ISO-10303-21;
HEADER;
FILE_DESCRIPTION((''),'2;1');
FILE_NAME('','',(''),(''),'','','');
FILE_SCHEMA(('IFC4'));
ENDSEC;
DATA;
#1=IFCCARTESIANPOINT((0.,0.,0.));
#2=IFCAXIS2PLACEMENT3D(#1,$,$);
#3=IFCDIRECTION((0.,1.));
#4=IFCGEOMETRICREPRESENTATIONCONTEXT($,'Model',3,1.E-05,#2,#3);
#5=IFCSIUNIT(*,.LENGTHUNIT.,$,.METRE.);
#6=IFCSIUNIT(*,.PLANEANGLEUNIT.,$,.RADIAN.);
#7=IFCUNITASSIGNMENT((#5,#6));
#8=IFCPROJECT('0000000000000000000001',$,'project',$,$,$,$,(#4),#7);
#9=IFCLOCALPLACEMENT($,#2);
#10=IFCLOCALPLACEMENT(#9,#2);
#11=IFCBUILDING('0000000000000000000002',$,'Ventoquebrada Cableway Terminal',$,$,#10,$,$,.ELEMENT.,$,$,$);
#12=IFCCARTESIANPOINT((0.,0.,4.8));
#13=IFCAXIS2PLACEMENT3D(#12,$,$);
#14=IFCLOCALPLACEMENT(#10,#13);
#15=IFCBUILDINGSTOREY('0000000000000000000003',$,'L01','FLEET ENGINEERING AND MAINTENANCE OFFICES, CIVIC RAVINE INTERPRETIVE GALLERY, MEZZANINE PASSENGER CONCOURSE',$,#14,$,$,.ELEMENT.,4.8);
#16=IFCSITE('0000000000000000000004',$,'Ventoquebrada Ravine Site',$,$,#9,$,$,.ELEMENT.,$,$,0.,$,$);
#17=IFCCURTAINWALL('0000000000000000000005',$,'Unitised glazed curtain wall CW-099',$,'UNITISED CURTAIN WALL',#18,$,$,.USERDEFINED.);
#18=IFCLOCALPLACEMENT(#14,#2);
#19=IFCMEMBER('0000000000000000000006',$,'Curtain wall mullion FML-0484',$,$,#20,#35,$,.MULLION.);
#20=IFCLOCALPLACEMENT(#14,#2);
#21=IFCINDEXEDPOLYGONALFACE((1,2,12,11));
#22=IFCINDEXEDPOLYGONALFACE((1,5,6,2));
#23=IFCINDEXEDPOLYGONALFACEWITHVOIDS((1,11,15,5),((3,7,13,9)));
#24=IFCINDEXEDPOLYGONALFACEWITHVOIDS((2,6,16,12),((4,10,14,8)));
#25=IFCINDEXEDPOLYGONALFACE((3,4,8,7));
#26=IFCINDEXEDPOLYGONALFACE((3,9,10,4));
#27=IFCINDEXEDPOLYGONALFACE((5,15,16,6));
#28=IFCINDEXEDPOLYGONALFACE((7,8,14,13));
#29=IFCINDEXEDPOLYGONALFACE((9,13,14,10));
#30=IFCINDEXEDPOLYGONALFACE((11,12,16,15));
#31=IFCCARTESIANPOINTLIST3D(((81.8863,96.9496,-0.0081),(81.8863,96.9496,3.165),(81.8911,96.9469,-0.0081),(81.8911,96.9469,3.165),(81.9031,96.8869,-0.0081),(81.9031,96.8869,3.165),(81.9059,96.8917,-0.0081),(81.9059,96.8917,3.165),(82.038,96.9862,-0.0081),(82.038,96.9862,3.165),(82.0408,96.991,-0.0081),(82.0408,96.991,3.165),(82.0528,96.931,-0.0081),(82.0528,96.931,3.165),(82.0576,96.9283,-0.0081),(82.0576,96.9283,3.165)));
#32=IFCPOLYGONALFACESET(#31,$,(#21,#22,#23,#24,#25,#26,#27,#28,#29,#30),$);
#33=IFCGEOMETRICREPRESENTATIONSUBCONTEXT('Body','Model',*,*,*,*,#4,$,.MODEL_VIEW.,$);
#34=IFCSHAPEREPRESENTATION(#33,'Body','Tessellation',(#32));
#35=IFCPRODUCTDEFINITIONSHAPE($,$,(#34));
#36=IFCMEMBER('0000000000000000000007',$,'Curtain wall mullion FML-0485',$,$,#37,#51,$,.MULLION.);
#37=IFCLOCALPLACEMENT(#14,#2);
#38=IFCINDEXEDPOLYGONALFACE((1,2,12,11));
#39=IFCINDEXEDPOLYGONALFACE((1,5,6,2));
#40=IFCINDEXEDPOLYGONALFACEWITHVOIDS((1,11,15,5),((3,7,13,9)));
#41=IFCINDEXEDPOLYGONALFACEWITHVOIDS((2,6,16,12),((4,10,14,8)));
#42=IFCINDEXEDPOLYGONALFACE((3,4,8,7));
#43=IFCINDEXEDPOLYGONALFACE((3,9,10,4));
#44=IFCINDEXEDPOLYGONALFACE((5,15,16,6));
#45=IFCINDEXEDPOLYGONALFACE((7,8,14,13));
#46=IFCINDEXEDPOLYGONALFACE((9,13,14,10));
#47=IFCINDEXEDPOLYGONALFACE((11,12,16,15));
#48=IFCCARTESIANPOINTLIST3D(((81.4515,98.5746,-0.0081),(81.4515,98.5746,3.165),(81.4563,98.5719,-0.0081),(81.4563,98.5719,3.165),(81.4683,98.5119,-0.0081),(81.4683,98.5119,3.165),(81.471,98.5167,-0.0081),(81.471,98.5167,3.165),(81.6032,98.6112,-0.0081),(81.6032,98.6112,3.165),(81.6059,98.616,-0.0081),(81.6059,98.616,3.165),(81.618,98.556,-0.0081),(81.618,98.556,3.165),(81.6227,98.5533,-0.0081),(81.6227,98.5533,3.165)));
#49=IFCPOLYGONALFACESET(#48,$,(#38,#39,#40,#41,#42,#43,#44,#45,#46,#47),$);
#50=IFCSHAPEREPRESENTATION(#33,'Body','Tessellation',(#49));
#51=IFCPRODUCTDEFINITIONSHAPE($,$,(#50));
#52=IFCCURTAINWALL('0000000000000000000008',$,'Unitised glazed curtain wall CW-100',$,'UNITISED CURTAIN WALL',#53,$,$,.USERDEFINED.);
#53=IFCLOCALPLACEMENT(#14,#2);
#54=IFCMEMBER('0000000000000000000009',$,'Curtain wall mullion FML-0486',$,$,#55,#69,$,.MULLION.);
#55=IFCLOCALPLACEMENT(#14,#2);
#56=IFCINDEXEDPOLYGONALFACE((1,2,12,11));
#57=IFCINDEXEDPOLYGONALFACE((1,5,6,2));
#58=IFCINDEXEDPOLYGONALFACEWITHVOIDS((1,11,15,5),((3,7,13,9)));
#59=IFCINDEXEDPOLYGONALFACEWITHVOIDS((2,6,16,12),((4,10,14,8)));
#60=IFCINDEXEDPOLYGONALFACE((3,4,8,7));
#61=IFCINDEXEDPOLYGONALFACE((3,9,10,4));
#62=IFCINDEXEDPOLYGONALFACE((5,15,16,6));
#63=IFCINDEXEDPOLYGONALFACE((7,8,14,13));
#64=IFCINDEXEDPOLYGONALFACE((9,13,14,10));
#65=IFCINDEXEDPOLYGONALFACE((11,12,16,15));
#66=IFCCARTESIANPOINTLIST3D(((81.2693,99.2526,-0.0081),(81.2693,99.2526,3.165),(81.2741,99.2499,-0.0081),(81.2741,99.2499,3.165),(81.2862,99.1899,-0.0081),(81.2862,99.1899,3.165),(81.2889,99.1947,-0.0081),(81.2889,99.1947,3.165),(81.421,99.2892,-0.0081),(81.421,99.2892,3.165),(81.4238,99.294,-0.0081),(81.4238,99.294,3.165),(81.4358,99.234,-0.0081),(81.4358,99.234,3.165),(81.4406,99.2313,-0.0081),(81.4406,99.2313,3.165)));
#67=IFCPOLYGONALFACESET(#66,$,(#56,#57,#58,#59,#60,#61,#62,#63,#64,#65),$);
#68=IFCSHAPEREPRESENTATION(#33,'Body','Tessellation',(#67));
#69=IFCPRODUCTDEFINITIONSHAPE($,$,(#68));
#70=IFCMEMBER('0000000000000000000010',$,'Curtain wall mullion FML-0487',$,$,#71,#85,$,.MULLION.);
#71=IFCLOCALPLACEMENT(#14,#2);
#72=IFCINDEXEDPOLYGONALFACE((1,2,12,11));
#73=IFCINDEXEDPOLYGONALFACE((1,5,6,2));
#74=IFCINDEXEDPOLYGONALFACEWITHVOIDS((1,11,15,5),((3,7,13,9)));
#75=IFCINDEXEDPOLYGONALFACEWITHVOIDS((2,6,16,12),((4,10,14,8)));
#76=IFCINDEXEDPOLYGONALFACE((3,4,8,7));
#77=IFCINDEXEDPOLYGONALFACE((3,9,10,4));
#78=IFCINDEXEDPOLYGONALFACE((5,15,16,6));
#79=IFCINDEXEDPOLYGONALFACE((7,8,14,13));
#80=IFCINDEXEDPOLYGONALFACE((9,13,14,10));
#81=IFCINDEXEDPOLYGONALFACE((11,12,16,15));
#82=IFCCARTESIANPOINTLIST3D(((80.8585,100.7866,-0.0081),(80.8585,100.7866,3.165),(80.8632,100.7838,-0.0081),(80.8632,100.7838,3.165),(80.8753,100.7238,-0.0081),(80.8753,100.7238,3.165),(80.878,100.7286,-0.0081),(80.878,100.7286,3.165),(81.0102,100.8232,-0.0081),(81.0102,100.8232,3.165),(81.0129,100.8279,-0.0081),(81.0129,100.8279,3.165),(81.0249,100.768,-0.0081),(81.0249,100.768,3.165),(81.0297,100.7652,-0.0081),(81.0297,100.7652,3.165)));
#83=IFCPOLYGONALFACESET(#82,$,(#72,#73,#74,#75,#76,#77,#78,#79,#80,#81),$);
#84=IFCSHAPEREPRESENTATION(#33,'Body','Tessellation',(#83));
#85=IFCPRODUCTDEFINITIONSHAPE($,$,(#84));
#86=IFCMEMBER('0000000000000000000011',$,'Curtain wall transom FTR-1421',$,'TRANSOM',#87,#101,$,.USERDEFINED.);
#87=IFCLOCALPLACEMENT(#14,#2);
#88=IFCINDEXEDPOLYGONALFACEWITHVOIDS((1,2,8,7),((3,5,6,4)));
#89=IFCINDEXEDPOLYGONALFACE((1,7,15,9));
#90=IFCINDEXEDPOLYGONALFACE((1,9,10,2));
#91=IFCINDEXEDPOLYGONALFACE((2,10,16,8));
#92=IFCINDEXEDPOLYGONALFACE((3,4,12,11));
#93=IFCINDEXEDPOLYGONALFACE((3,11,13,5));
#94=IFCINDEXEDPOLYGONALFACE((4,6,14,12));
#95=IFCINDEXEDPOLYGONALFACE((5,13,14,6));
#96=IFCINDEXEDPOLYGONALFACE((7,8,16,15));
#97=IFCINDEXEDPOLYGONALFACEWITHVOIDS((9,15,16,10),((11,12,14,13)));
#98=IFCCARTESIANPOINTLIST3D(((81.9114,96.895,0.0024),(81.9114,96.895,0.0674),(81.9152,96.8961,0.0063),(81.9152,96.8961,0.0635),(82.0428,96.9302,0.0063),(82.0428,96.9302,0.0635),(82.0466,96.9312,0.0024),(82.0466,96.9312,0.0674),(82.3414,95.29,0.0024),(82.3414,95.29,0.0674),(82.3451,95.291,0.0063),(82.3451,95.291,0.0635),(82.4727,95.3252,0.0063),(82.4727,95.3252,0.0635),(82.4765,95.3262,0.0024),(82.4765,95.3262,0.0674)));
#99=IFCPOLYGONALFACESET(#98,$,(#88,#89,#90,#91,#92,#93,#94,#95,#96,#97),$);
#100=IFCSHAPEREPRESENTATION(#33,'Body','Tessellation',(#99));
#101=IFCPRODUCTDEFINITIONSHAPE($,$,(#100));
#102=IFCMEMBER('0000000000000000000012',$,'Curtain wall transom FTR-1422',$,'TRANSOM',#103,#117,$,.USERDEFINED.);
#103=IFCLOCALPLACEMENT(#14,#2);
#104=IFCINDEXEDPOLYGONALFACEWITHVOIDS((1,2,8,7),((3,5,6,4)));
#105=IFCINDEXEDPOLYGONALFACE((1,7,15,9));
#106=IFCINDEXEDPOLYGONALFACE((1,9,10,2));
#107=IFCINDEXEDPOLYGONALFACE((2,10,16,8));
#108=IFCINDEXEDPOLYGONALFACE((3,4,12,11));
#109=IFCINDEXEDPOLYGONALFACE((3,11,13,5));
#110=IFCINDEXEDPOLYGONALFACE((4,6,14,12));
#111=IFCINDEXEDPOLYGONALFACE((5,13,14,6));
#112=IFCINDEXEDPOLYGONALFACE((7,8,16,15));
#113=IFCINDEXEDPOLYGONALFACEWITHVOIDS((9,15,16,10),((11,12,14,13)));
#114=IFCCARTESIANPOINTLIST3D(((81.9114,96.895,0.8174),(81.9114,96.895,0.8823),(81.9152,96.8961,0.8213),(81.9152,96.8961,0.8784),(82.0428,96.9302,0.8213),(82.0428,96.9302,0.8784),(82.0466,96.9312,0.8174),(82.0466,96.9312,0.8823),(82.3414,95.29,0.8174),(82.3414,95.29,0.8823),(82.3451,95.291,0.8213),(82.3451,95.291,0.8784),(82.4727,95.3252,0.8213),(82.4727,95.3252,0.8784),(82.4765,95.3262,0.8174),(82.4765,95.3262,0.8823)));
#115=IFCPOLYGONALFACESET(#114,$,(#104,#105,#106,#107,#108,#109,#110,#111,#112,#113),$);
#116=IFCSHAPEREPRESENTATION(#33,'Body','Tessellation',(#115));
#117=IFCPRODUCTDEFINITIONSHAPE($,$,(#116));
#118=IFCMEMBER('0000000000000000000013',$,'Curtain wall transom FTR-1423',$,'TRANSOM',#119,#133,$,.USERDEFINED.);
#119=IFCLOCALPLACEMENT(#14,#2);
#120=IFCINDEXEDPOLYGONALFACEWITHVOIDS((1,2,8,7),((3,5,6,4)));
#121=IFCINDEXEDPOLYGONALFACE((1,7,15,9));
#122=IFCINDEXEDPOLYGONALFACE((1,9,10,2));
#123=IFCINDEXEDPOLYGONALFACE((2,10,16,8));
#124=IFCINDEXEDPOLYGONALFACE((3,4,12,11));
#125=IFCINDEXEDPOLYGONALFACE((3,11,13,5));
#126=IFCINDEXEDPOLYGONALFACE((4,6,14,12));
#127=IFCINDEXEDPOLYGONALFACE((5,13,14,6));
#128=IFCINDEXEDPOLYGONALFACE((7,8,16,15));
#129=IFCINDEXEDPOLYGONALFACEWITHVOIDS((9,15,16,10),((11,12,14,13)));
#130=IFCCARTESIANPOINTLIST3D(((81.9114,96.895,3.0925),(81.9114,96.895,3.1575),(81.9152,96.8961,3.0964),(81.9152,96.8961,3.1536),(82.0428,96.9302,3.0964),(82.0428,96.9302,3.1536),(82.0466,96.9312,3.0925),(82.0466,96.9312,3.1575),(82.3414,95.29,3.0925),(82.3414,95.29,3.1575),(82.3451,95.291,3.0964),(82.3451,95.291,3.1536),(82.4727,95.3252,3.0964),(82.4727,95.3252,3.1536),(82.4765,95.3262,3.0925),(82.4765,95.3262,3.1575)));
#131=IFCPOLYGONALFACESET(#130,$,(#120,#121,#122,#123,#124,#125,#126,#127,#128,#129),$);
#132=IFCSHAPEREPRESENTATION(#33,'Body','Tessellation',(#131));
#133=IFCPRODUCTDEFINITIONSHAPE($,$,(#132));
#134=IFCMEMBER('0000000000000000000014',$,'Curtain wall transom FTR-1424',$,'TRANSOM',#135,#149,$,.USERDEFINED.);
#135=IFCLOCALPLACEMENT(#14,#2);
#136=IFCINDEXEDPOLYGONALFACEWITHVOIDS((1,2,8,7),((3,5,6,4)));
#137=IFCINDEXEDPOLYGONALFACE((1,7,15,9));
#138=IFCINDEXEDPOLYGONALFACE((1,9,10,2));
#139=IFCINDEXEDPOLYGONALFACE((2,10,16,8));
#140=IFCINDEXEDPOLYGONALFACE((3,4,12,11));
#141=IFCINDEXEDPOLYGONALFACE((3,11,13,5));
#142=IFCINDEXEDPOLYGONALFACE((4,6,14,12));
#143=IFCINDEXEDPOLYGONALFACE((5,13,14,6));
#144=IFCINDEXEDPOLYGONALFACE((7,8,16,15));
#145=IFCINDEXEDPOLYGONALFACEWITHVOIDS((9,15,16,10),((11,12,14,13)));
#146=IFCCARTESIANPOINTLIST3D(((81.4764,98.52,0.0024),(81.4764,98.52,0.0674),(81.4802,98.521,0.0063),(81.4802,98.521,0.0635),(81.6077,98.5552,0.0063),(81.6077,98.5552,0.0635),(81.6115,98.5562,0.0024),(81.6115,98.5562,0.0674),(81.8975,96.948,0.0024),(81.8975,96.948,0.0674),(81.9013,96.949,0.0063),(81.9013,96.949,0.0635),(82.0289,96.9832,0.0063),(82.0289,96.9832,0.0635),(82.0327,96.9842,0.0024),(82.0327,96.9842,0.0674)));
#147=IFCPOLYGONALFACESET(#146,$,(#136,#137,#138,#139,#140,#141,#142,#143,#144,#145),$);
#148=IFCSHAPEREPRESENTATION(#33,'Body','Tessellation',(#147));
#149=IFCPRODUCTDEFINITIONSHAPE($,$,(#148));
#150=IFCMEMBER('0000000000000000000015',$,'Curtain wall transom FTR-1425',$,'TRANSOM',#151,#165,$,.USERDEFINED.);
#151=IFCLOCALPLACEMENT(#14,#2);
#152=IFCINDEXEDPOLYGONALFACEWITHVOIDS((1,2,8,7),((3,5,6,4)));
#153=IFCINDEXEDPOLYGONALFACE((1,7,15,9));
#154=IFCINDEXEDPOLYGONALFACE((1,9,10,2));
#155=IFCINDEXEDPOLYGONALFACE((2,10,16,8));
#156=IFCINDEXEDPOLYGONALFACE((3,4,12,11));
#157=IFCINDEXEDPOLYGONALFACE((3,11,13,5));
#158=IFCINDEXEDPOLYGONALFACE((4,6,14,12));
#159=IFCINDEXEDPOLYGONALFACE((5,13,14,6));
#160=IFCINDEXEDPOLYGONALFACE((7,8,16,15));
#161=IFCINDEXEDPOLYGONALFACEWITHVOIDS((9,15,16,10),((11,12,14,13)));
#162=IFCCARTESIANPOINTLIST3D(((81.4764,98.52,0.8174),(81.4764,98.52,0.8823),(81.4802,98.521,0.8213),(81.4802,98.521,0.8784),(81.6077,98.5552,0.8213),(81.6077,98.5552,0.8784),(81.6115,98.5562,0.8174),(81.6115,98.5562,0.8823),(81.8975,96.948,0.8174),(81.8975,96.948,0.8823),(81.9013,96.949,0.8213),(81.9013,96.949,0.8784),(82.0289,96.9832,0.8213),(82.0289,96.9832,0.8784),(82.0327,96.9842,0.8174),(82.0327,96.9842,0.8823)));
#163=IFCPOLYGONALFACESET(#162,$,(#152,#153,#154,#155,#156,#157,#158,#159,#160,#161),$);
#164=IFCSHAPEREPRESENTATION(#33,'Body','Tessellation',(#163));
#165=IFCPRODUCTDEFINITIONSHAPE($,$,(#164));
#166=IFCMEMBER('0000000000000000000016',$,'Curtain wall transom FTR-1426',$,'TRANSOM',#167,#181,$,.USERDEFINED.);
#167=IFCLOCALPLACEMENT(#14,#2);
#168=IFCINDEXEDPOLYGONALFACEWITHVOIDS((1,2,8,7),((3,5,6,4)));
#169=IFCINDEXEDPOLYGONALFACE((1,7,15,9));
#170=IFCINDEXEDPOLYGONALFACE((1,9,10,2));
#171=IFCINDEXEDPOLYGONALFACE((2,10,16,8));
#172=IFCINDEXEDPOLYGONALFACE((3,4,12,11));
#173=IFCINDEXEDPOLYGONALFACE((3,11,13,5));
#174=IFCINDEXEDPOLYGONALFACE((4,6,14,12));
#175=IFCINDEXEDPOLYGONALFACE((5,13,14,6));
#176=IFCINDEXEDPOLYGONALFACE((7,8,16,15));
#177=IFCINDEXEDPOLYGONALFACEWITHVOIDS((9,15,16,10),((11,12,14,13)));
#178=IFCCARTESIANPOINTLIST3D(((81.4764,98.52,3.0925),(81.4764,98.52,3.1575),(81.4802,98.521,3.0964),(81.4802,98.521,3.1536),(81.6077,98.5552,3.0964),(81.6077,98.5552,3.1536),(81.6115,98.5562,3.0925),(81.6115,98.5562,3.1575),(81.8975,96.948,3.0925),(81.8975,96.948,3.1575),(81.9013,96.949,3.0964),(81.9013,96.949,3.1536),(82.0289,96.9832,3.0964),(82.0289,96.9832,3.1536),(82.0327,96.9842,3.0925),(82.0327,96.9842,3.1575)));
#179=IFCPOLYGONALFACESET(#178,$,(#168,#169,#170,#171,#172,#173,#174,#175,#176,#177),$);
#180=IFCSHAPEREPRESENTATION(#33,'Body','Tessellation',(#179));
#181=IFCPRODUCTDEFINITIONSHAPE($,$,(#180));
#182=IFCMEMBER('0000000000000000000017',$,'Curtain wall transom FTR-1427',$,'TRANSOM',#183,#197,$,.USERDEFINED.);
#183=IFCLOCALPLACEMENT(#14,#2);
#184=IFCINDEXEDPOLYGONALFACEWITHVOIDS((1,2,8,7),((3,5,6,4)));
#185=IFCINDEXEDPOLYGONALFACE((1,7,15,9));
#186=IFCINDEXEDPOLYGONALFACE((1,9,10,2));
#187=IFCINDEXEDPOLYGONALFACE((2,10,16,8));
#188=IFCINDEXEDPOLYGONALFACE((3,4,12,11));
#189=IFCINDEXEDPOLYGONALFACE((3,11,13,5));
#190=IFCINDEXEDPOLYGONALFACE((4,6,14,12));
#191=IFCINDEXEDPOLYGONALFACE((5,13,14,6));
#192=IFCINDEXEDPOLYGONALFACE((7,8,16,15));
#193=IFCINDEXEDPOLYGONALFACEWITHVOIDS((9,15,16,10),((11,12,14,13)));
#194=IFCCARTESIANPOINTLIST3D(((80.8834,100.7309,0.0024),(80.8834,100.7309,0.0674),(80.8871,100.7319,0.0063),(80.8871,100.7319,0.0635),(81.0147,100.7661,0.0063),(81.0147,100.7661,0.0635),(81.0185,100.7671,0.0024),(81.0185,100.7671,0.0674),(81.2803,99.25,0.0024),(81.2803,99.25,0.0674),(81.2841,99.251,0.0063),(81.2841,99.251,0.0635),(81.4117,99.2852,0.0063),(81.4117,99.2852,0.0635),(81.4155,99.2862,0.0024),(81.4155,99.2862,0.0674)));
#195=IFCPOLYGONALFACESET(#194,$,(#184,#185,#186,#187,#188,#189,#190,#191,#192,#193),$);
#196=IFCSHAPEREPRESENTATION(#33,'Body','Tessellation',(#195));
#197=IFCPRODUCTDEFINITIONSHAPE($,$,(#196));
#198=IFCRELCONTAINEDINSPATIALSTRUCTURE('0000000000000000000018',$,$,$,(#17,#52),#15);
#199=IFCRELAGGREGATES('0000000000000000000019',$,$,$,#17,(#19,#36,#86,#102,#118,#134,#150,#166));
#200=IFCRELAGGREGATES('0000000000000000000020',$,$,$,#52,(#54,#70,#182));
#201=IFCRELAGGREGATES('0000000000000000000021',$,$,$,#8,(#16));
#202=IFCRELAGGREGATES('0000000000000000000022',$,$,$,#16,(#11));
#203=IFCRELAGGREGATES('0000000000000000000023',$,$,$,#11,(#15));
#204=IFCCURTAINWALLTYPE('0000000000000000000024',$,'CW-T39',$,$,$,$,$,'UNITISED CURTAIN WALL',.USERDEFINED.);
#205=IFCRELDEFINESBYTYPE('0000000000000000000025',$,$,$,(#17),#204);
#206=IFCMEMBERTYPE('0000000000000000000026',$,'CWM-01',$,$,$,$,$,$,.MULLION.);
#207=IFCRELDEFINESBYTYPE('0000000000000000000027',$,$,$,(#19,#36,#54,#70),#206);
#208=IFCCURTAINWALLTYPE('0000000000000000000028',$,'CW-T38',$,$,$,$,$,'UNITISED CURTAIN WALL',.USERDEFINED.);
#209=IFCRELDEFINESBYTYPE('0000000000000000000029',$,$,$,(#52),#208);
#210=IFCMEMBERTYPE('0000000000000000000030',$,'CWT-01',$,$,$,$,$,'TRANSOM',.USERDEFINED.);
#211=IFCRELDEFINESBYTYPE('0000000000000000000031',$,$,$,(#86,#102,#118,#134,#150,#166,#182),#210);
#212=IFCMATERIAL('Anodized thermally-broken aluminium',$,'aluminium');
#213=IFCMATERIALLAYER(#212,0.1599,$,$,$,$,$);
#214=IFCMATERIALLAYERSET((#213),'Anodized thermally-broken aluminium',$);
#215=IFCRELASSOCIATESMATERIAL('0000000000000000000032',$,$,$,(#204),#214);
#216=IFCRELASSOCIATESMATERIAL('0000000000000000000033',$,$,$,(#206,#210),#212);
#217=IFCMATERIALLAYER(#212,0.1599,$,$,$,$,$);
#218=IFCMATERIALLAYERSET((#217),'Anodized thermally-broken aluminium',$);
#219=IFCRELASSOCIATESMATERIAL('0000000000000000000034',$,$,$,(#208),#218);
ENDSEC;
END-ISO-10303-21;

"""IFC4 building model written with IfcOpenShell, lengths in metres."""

from ifc_helpers import new_model, si_unit, direction, frame, origin, origin_2d, place, context, subcontext, project, spatial, hollow_rectangle, extrude, material, layer, layer_set, material_profile, profile_set, type_object, element, aggregate, save


model = new_model("IFC4")

# Units and contexts
model_context = context("Model", 3, precision=1e-05, world=origin(), true_north=direction((0.0, 1.0)))
body_context = subcontext(model_context, "Body", "Model", "MODEL_VIEW")
ifc_project = project(units=[si_unit("LENGTHUNIT", "METRE"), si_unit("PLANEANGLEUNIT", "RADIAN")], contexts=[model_context])

# Site, building, storey
site_placement = place(None, origin())
site = spatial("IfcSite", under=ifc_project, at=site_placement, Name="Ventoquebrada Ravine Site", CompositionType="ELEMENT", RefElevation=0.0)
building_placement = place(site_placement, origin())
building = spatial("IfcBuilding", under=site, at=building_placement, Name="Ventoquebrada Cableway Terminal", CompositionType="ELEMENT")
storey_placement = place(building_placement, frame((0.0, 0.0, 4.8)))
storey = spatial("IfcBuildingStorey", under=building, at=storey_placement, Name="L01", Description="FLEET ENGINEERING AND MAINTENANCE OFFICES, CIVIC RAVINE INTERPRETIVE GALLERY, MEZZANINE PASSENGER CONCOURSE", CompositionType="ELEMENT", Elevation=4.8)

# Curtain walls, members
ifc_material_1 = material(Name="Anodized thermally-broken aluminium", Category="aluminium")
ifc_layer_1 = layer(ifc_material_1, 0.1599)
ifc_layer_set_1 = layer_set([ifc_layer_1], Name="Anodized thermally-broken aluminium")
curtain_wall_type_1 = type_object("IfcCurtainWallType", Name="CW-T39", ElementType="UNITISED CURTAIN WALL", PredefinedType="USERDEFINED", material=ifc_layer_set_1)
curtain_wall_1_placement = place(storey_placement, origin())
curtain_wall_1 = element("IfcCurtainWall", 1, at=curtain_wall_1_placement, inside=storey, type_object=curtain_wall_type_1, Name="Unitised glazed curtain wall CW-099", ObjectType="UNITISED CURTAIN WALL", PredefinedType="USERDEFINED")
ifc_material_profile_1 = material_profile(ifc_material_1, hollow_rectangle(XDim=0.0649, YDim=0.1599, WallThickness=0.0039, at=origin_2d()), Name="CW-MUL-65X160")
ifc_profile_set_1 = profile_set([ifc_material_profile_1], Name="Anodized thermally-broken aluminium")
member_type_1 = type_object("IfcMemberType", Name="CWM-01", PredefinedType="MULLION", material=ifc_profile_set_1)
member_1_placement = place(storey_placement, frame((81.9719, 96.939, -0.0081), z_axis=(0.0, 0.0, 1.0), x_axis=(-0.258735, 0.965948, 0.0)))
member_1 = element("IfcMember", 2, at=member_1_placement, type_object=member_type_1, Name="Curtain wall mullion FML-0484", PredefinedType="MULLION", context=body_context, shape_type="SweptSolid", body=[
    extrude(hollow_rectangle(XDim=0.0649, YDim=0.1599, WallThickness=0.0039, at=origin_2d()), origin(), (0.0, 0.0, 1.0), 3.1731),
])
member_2_placement = place(storey_placement, frame((81.5371, 98.564, -0.0081), z_axis=(0.0, 0.0, 1.0), x_axis=(-0.258735, 0.965948, 0.0)))
member_2 = element("IfcMember", 3, at=member_2_placement, type_object=member_type_1, Name="Curtain wall mullion FML-0485", PredefinedType="MULLION", context=body_context, shape_type="SweptSolid", body=[
    extrude(hollow_rectangle(XDim=0.0649, YDim=0.1599, WallThickness=0.0039, at=origin_2d()), origin(), (0.0, 0.0, 1.0), 3.1731),
])
ifc_layer_2 = layer(ifc_material_1, 0.1599)
ifc_layer_set_2 = layer_set([ifc_layer_2], Name="Anodized thermally-broken aluminium")
curtain_wall_type_2 = type_object("IfcCurtainWallType", Name="CW-T38", ElementType="UNITISED CURTAIN WALL", PredefinedType="USERDEFINED", material=ifc_layer_set_2)
curtain_wall_2_placement = place(storey_placement, origin())
curtain_wall_2 = element("IfcCurtainWall", 4, at=curtain_wall_2_placement, inside=storey, type_object=curtain_wall_type_2, Name="Unitised glazed curtain wall CW-100", ObjectType="UNITISED CURTAIN WALL", PredefinedType="USERDEFINED")
member_3_placement = place(storey_placement, frame((81.355, 99.2419, -0.0081), z_axis=(0.0, 0.0, 1.0), x_axis=(-0.258785, 0.965935, 0.0)))
member_3 = element("IfcMember", 5, at=member_3_placement, type_object=member_type_1, Name="Curtain wall mullion FML-0486", PredefinedType="MULLION", context=body_context, shape_type="SweptSolid", body=[
    extrude(hollow_rectangle(XDim=0.0649, YDim=0.1599, WallThickness=0.0039, at=origin_2d()), origin(), (0.0, 0.0, 1.0), 3.1731),
])
member_4_placement = place(storey_placement, frame((80.9441, 100.7759, -0.0081), z_axis=(0.0, 0.0, 1.0), x_axis=(-0.258785, 0.965935, 0.0)))
member_4 = element("IfcMember", 6, at=member_4_placement, type_object=member_type_1, Name="Curtain wall mullion FML-0487", PredefinedType="MULLION", context=body_context, shape_type="SweptSolid", body=[
    extrude(hollow_rectangle(XDim=0.0649, YDim=0.1599, WallThickness=0.0039, at=origin_2d()), origin(), (0.0, 0.0, 1.0), 3.1731),
])

# Members
ifc_material_profile_2 = material_profile(ifc_material_1, hollow_rectangle(XDim=0.0649, YDim=0.1399, WallThickness=0.0039, at=origin_2d()), Name="CW-TRN-65X140")
ifc_profile_set_2 = profile_set([ifc_material_profile_2], Name="Anodized thermally-broken aluminium")
member_type_2 = type_object("IfcMemberType", Name="CWT-01", ElementType="TRANSOM", PredefinedType="USERDEFINED", material=ifc_profile_set_2)
member_5_placement = place(storey_placement, frame((82.4089, 95.3081, 0.0349), z_axis=(-0.258751, 0.965944, 0.0), x_axis=(0.0, 0.0, 1.0)))
member_5 = element("IfcMember", 7, at=member_5_placement, type_object=member_type_2, Name="Curtain wall transom FTR-1421", ObjectType="TRANSOM", PredefinedType="USERDEFINED", context=body_context, shape_type="SweptSolid", body=[
    extrude(hollow_rectangle(XDim=0.0649, YDim=0.1399, WallThickness=0.0039, at=origin_2d()), origin(), (0.0, 0.0, 1.0), 1.6616),
])
member_6_placement = place(storey_placement, frame((82.4089, 95.3081, 0.8499), z_axis=(-0.258751, 0.965944, 0.0), x_axis=(0.0, 0.0, 1.0)))
member_6 = element("IfcMember", 8, at=member_6_placement, type_object=member_type_2, Name="Curtain wall transom FTR-1422", ObjectType="TRANSOM", PredefinedType="USERDEFINED", context=body_context, shape_type="SweptSolid", body=[
    extrude(hollow_rectangle(XDim=0.0649, YDim=0.1399, WallThickness=0.0039, at=origin_2d()), origin(), (0.0, 0.0, 1.0), 1.6616),
])
member_7_placement = place(storey_placement, frame((82.4089, 95.3081, 3.125), z_axis=(-0.258751, 0.965944, 0.0), x_axis=(0.0, 0.0, 1.0)))
member_7 = element("IfcMember", 9, at=member_7_placement, type_object=member_type_2, Name="Curtain wall transom FTR-1423", ObjectType="TRANSOM", PredefinedType="USERDEFINED", context=body_context, shape_type="SweptSolid", body=[
    extrude(hollow_rectangle(XDim=0.0649, YDim=0.1399, WallThickness=0.0039, at=origin_2d()), origin(), (0.0, 0.0, 1.0), 1.6616),
])
member_8_placement = place(storey_placement, frame((81.9651, 96.9661, 0.0349), z_axis=(-0.258774, 0.965938, 0.0), x_axis=(0.0, 0.0, 1.0)))
member_8 = element("IfcMember", 10, at=member_8_placement, type_object=member_type_2, Name="Curtain wall transom FTR-1424", ObjectType="TRANSOM", PredefinedType="USERDEFINED", context=body_context, shape_type="SweptSolid", body=[
    extrude(hollow_rectangle(XDim=0.0649, YDim=0.1399, WallThickness=0.0039, at=origin_2d()), origin(), (0.0, 0.0, 1.0), 1.6274),
])
member_9_placement = place(storey_placement, frame((81.9651, 96.9661, 0.8499), z_axis=(-0.258774, 0.965938, 0.0), x_axis=(0.0, 0.0, 1.0)))
member_9 = element("IfcMember", 11, at=member_9_placement, type_object=member_type_2, Name="Curtain wall transom FTR-1425", ObjectType="TRANSOM", PredefinedType="USERDEFINED", context=body_context, shape_type="SweptSolid", body=[
    extrude(hollow_rectangle(XDim=0.0649, YDim=0.1399, WallThickness=0.0039, at=origin_2d()), origin(), (0.0, 0.0, 1.0), 1.6274),
])
member_10_placement = place(storey_placement, frame((81.9651, 96.9661, 3.125), z_axis=(-0.258774, 0.965938, 0.0), x_axis=(0.0, 0.0, 1.0)))
member_10 = element("IfcMember", 12, at=member_10_placement, type_object=member_type_2, Name="Curtain wall transom FTR-1426", ObjectType="TRANSOM", PredefinedType="USERDEFINED", context=body_context, shape_type="SweptSolid", body=[
    extrude(hollow_rectangle(XDim=0.0649, YDim=0.1399, WallThickness=0.0039, at=origin_2d()), origin(), (0.0, 0.0, 1.0), 1.6274),
])
member_11_placement = place(storey_placement, frame((81.3479, 99.2681, 0.0349), z_axis=(-0.258911, 0.965901, 0.0), x_axis=(0.0, 0.0, 1.0)))
member_11 = element("IfcMember", 13, at=member_11_placement, type_object=member_type_2, Name="Curtain wall transom FTR-1427", ObjectType="TRANSOM", PredefinedType="USERDEFINED", context=body_context, shape_type="SweptSolid", body=[
    extrude(hollow_rectangle(XDim=0.0649, YDim=0.1399, WallThickness=0.0039, at=origin_2d()), origin(), (0.0, 0.0, 1.0), 1.5332),
])

aggregate(curtain_wall_1, [member_1, member_2, member_5, member_6, member_7, member_8, member_9, member_10])
aggregate(curtain_wall_2, [member_3, member_4, member_11])

save(model, "model.ifc")
